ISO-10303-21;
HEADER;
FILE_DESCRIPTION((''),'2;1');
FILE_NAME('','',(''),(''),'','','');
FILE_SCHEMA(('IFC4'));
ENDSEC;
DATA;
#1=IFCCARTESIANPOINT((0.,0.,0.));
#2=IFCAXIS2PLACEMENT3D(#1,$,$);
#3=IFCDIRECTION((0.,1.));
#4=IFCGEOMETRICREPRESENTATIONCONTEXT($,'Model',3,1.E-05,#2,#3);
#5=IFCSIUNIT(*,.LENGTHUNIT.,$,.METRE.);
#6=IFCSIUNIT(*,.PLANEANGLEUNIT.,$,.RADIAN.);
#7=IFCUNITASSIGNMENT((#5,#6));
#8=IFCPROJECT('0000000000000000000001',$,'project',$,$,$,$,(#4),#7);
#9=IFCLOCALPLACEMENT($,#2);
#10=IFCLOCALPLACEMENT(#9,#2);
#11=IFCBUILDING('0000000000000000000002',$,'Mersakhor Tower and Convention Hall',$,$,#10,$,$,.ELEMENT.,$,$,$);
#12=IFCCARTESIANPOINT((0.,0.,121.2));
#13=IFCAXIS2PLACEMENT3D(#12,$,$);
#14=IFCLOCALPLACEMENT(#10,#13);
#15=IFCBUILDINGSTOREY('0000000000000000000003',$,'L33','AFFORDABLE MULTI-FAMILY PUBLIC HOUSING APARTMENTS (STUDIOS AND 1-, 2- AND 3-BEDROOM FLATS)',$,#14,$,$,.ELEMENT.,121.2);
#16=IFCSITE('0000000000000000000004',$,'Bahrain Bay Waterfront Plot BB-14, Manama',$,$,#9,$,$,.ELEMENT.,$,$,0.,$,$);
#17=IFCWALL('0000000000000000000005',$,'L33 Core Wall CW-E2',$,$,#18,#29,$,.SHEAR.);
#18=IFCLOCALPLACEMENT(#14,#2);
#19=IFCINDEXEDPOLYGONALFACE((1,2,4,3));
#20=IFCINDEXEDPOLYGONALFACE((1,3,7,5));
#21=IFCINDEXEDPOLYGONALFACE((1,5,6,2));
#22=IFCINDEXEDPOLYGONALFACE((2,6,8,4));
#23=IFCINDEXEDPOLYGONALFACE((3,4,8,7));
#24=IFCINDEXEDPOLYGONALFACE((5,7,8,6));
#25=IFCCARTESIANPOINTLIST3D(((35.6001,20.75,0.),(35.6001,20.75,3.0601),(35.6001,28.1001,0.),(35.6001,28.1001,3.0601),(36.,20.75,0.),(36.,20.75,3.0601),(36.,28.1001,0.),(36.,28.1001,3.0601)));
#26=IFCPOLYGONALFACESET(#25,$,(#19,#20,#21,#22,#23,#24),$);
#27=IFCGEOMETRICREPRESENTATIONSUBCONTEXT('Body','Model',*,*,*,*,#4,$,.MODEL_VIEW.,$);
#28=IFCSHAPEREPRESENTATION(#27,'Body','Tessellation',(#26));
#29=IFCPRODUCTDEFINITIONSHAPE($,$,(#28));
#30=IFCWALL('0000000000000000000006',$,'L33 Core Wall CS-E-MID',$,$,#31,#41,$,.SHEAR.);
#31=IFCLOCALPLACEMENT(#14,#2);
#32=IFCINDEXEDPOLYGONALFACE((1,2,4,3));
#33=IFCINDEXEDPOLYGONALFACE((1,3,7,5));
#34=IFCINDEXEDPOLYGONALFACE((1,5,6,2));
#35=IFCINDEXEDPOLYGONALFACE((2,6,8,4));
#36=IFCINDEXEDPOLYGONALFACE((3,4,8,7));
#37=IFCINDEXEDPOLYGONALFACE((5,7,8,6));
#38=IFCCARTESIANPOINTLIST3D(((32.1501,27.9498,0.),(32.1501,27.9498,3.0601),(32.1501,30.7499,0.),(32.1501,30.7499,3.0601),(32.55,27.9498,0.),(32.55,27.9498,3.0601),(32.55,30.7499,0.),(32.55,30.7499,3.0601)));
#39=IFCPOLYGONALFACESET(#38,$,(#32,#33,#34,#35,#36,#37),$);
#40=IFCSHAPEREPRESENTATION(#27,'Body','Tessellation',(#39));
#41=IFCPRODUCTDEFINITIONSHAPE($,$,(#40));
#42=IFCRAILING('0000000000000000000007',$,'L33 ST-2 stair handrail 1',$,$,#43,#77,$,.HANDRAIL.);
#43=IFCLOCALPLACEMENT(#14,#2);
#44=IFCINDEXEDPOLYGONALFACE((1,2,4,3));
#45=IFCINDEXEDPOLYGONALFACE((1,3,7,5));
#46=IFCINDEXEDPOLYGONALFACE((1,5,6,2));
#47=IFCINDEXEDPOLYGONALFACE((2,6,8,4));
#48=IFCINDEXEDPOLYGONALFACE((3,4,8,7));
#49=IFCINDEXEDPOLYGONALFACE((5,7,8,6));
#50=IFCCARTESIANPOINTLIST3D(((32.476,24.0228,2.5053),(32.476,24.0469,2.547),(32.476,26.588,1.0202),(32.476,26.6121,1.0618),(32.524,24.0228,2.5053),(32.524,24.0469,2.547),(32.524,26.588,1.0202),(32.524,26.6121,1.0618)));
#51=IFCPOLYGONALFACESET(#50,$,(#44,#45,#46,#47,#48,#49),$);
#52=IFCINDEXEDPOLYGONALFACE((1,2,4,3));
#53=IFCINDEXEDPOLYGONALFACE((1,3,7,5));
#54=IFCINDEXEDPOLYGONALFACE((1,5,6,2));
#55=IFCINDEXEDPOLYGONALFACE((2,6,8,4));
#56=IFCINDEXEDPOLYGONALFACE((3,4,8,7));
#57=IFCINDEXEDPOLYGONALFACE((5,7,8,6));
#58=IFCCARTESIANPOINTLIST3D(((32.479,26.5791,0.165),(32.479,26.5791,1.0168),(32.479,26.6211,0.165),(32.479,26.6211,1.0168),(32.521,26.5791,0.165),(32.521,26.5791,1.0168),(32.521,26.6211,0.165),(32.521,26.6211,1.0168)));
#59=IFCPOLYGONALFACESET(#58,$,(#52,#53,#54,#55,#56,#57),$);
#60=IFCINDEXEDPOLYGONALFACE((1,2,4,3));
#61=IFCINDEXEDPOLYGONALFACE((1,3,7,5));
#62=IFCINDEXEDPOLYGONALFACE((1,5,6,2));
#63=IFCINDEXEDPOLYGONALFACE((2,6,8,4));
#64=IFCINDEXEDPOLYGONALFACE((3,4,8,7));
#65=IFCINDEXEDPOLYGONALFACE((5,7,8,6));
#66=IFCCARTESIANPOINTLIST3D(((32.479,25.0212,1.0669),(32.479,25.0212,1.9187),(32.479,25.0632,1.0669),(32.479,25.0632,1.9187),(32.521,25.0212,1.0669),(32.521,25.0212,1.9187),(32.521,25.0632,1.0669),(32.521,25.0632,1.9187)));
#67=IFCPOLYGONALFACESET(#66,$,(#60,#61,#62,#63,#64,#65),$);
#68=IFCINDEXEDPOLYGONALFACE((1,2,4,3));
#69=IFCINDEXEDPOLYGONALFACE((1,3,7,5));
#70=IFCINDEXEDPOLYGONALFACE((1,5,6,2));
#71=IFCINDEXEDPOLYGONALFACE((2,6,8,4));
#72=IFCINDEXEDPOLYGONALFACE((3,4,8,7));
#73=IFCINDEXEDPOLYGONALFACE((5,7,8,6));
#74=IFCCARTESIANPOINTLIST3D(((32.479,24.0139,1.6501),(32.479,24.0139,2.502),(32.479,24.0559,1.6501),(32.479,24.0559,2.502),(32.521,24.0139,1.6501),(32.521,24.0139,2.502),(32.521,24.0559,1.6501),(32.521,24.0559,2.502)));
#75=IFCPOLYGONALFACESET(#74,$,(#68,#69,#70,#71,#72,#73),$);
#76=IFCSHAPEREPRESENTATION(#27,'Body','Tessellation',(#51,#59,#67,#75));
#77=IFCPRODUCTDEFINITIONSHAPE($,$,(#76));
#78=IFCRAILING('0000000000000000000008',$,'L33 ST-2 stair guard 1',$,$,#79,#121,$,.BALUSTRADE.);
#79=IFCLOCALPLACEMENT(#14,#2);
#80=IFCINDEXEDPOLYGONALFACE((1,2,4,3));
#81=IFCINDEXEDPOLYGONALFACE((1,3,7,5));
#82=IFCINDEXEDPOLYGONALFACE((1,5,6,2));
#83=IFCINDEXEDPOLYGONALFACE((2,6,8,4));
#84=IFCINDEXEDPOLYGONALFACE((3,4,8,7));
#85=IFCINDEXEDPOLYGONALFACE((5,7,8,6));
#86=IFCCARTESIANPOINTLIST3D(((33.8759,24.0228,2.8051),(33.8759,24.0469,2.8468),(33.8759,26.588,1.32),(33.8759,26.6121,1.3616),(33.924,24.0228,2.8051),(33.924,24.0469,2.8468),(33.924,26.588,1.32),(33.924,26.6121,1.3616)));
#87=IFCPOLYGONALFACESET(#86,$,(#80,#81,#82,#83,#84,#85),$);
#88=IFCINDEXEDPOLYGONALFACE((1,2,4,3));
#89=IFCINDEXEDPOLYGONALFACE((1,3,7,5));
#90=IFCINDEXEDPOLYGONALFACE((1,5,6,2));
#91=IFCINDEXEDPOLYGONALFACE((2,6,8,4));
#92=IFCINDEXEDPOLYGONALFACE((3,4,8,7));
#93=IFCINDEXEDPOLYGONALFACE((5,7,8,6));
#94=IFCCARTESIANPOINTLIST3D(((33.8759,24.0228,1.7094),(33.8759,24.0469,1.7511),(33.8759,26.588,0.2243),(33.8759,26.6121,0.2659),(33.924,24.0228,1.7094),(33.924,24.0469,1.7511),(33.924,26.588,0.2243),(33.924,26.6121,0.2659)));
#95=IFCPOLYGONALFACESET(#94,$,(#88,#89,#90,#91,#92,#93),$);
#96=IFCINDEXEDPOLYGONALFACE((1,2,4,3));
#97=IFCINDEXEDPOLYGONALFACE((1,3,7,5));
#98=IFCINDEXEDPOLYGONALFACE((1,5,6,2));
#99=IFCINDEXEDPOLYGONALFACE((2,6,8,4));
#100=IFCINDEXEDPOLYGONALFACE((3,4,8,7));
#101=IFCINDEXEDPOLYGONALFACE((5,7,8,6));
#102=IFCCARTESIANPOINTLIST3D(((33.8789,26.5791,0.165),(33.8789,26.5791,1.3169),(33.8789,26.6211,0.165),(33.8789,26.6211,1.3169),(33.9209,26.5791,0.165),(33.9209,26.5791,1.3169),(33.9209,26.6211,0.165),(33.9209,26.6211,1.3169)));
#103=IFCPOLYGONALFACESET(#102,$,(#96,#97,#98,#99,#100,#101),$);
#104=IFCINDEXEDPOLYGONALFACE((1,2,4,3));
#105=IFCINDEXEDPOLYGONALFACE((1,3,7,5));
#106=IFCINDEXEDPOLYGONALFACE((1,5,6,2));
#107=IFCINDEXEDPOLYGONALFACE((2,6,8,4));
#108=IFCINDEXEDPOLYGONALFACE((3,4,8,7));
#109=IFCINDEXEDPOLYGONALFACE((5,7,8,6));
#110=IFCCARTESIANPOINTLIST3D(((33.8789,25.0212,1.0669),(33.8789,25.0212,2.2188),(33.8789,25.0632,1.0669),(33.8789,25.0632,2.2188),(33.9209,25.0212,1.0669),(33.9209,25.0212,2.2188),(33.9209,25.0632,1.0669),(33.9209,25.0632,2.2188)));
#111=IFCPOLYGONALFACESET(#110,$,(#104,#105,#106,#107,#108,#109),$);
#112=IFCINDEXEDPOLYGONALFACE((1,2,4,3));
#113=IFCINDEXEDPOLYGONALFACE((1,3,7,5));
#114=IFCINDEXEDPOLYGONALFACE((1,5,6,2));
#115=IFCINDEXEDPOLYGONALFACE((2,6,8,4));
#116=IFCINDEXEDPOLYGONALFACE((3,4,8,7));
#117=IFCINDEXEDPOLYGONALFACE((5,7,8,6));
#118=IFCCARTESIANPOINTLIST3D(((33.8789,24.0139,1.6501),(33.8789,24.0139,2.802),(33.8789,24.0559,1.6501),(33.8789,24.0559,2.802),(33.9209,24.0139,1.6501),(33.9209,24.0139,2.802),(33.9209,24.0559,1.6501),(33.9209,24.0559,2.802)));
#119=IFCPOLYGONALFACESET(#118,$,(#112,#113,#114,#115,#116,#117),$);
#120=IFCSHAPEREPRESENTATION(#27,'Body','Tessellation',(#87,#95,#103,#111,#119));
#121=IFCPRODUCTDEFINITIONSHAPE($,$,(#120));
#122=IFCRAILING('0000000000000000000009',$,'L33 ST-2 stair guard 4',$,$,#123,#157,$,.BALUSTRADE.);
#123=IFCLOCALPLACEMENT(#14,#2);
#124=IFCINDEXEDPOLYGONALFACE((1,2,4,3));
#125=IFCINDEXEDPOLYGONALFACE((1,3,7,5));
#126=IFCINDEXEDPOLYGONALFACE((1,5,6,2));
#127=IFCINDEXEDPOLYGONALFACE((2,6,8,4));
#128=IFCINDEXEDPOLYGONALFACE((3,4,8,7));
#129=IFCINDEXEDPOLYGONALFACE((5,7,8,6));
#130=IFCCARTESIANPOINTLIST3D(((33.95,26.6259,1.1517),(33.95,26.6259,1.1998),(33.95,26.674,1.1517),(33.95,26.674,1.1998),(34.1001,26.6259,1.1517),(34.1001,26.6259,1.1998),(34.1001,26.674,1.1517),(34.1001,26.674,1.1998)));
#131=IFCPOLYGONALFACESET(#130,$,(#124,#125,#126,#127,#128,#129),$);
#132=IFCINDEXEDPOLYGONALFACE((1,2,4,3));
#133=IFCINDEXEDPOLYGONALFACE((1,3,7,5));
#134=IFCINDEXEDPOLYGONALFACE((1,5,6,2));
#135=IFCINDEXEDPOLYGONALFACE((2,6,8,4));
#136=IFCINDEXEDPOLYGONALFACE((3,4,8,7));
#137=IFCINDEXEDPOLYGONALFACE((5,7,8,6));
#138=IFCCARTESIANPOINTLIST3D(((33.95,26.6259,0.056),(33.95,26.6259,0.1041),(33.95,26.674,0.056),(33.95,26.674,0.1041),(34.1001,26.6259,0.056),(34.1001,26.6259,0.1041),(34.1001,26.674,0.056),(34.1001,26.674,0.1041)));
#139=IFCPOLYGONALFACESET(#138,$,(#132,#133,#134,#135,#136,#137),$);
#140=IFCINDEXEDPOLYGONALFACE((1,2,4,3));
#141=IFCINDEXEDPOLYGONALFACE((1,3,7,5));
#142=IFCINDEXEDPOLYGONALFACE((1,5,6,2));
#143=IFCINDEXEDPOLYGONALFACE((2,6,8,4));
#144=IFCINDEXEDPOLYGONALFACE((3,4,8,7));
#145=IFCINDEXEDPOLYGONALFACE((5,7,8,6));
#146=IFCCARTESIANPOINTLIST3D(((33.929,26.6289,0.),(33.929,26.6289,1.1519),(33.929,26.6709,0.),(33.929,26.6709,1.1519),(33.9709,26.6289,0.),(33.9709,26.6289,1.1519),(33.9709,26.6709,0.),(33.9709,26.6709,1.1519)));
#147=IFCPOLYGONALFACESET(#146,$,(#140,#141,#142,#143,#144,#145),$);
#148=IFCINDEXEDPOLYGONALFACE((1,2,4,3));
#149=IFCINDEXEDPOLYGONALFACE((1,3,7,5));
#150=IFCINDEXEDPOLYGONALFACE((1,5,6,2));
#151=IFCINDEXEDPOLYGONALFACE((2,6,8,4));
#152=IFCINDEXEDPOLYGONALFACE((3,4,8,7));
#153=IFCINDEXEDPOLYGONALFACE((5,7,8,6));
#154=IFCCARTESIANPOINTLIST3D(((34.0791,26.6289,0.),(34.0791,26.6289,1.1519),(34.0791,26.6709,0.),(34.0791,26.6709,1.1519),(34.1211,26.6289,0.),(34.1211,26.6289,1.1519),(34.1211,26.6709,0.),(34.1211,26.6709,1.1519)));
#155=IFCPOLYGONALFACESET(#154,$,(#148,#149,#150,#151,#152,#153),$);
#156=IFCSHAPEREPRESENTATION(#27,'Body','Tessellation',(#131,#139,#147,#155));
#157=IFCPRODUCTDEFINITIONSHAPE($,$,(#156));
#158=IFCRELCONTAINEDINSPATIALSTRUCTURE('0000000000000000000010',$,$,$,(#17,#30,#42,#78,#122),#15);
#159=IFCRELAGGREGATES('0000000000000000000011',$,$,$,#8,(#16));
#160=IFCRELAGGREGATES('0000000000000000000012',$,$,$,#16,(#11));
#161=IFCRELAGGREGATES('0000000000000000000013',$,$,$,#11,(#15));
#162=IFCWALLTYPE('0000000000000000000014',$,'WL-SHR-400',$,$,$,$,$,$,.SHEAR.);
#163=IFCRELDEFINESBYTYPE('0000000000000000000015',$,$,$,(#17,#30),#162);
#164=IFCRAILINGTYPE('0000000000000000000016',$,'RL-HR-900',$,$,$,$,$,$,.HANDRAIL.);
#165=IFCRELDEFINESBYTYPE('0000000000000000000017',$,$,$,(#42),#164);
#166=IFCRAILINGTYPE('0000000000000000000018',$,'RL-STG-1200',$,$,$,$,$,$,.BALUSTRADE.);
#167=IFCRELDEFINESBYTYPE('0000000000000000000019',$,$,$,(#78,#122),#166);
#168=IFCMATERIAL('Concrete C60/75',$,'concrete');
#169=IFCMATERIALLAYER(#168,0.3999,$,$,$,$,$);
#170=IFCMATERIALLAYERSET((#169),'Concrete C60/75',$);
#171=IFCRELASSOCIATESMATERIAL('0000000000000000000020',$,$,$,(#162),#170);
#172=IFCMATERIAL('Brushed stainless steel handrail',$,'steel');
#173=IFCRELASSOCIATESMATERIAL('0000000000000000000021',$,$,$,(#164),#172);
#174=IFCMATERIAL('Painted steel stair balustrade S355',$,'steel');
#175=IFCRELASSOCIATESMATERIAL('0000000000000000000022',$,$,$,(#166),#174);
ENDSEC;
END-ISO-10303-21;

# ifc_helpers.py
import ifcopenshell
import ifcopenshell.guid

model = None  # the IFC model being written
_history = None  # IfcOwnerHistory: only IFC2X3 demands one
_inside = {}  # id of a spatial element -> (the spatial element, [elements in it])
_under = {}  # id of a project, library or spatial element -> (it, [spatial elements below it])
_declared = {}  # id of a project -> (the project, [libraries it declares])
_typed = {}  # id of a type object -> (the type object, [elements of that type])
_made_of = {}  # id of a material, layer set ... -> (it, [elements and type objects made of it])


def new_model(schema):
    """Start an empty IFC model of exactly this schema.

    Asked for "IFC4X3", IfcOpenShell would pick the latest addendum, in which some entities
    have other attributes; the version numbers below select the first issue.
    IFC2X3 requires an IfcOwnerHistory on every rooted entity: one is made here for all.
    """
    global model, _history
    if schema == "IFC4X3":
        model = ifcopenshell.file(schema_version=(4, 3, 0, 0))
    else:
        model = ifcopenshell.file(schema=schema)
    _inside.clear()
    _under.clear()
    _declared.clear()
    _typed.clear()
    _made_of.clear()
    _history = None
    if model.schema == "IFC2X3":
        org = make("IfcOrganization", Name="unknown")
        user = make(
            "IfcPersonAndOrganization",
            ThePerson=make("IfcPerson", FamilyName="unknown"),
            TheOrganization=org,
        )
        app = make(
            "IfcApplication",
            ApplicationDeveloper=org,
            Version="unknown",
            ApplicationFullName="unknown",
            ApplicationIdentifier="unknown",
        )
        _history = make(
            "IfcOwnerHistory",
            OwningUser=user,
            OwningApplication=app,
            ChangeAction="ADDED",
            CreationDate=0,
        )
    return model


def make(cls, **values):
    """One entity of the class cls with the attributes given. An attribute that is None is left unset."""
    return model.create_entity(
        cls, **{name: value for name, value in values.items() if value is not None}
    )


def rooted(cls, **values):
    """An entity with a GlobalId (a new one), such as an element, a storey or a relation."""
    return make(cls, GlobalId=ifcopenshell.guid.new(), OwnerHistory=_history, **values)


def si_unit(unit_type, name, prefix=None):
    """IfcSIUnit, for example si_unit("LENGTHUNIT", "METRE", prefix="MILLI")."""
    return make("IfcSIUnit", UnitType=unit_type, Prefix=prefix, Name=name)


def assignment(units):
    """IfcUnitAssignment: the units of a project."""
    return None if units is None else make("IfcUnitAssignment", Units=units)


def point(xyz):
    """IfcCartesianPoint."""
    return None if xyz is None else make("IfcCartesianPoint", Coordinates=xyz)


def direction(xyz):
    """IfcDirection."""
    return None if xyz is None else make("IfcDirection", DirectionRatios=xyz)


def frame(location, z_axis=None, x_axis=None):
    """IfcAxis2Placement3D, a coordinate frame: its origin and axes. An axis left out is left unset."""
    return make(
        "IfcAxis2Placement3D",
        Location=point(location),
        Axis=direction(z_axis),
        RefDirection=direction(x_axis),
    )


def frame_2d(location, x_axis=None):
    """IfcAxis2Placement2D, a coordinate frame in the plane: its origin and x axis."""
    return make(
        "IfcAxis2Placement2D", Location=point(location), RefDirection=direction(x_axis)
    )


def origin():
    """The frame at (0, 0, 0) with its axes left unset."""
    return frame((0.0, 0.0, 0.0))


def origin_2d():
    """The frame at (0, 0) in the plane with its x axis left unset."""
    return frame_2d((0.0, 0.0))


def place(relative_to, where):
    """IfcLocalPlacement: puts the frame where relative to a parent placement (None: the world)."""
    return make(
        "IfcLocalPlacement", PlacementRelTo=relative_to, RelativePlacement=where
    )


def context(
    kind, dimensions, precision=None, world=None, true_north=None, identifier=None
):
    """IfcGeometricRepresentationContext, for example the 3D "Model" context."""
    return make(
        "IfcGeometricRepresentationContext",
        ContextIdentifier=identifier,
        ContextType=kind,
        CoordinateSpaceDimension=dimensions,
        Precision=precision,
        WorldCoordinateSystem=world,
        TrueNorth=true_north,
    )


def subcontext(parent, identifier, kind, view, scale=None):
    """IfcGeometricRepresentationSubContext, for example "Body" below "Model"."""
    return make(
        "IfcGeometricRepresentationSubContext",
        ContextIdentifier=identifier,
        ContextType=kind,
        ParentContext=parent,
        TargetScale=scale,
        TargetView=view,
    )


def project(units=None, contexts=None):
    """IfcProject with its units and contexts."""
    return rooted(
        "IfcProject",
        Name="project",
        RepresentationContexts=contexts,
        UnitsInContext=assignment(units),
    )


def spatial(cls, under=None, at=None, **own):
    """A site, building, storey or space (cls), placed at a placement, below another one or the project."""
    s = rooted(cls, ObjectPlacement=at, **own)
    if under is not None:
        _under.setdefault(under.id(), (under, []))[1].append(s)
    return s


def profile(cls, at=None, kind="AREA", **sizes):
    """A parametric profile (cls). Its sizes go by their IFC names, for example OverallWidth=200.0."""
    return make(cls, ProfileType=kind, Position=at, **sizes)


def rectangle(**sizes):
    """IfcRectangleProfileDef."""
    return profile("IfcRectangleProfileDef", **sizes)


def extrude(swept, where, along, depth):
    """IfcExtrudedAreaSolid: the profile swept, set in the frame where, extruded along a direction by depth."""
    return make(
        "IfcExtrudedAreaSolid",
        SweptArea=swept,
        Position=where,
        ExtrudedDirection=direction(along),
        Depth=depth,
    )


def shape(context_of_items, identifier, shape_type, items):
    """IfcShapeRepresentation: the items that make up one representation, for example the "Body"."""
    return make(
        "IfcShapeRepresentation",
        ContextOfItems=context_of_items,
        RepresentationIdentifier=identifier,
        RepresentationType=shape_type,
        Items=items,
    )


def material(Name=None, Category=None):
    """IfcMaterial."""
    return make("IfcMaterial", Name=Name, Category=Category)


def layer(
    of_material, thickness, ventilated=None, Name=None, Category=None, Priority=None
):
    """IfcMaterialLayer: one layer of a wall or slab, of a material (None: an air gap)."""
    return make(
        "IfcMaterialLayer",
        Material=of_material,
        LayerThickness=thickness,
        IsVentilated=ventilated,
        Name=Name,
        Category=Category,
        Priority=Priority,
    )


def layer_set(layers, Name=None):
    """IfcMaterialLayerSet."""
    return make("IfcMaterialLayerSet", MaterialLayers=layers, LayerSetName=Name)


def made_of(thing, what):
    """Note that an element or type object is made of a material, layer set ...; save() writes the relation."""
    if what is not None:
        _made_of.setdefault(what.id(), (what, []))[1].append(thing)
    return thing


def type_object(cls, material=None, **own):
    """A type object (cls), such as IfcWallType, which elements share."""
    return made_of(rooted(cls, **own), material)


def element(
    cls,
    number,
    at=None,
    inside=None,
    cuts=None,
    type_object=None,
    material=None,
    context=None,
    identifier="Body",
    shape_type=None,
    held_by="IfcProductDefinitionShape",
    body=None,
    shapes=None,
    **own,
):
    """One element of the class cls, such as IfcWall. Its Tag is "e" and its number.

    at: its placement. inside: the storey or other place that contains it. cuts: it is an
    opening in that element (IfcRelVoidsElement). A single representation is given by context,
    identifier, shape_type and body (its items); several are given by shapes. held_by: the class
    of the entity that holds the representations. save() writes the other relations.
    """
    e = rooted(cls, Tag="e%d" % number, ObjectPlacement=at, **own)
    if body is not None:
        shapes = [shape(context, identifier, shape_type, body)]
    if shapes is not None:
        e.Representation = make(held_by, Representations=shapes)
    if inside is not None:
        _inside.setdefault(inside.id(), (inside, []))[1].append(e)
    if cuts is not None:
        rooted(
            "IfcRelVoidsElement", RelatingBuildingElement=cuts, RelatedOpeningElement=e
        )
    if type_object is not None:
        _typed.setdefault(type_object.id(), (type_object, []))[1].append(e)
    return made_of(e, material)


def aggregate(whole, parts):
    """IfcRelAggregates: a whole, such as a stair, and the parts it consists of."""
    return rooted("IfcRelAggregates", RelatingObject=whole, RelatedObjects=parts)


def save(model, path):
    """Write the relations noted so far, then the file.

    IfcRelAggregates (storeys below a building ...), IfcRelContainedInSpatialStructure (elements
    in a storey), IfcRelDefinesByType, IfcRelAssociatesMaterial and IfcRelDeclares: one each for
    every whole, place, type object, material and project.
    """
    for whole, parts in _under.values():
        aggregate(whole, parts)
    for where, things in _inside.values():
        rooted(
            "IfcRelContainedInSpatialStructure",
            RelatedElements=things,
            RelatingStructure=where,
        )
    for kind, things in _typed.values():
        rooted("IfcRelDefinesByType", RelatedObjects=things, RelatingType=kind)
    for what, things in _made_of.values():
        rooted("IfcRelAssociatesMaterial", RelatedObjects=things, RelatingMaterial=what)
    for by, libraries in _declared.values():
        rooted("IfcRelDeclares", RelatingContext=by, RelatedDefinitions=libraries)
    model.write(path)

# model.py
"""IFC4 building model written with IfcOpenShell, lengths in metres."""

from ifc_helpers import new_model, si_unit, direction, frame, frame_2d, origin, origin_2d, place, context, subcontext, project, spatial, rectangle, extrude, material, layer, layer_set, type_object, element, save


model = new_model("IFC4")

# Units and contexts
model_context = context("Model", 3, precision=1e-05, world=origin(), true_north=direction((0.0, 1.0)))
body_context = subcontext(model_context, "Body", "Model", "MODEL_VIEW")
ifc_project = project(units=[si_unit("LENGTHUNIT", "METRE"), si_unit("PLANEANGLEUNIT", "RADIAN")], contexts=[model_context])

# Site, building, storey
site_placement = place(None, origin())
site = spatial("IfcSite", under=ifc_project, at=site_placement, Name="Bahrain Bay Waterfront Plot BB-14, Manama", CompositionType="ELEMENT", RefElevation=0.0)
building_placement = place(site_placement, origin())
building = spatial("IfcBuilding", under=site, at=building_placement, Name="Mersakhor Tower and Convention Hall", CompositionType="ELEMENT")
storey_placement = place(building_placement, frame((0.0, 0.0, 121.2)))
storey = spatial("IfcBuildingStorey", under=building, at=storey_placement, Name="L33", Description="AFFORDABLE MULTI-FAMILY PUBLIC HOUSING APARTMENTS (STUDIOS AND 1-, 2- AND 3-BEDROOM FLATS)", CompositionType="ELEMENT", Elevation=121.2)

# Shared definitions
ifc_material_1 = material(Name="Concrete C60/75", Category="concrete")
ifc_layer_1 = layer(ifc_material_1, 0.3999)
ifc_layer_set_1 = layer_set([ifc_layer_1], Name="Concrete C60/75")
wall_type_1 = type_object("IfcWallType", Name="WL-SHR-400", PredefinedType="SHEAR", material=ifc_layer_set_1)

# Walls
wall_1_placement = place(storey_placement, frame((35.8, 28.1001, 0.0), z_axis=(0.0, 0.0, 1.0), x_axis=(0.0, -1.0, 0.0)))
element("IfcWall", 1, at=wall_1_placement, inside=storey, type_object=wall_type_1, Name="L33 Core Wall CW-E2", PredefinedType="SHEAR", context=body_context, shape_type="SweptSolid", body=[
    extrude(rectangle(XDim=7.3501, YDim=0.3999, at=frame_2d((3.675, 0.0))), origin(), (0.0, 0.0, 1.0), 3.0601),
])
wall_2_placement = place(storey_placement, frame((32.3501, 27.95, 0.0), z_axis=(0.0, 0.0, 1.0), x_axis=(0.0, 1.0, 0.0)))
element("IfcWall", 2, at=wall_2_placement, inside=storey, type_object=wall_type_1, Name="L33 Core Wall CS-E-MID", PredefinedType="SHEAR", context=body_context, shape_type="SweptSolid", body=[
    extrude(rectangle(XDim=2.8, YDim=0.3999, at=frame_2d((1.3999, 0.0))), origin(), (0.0, 0.0, 1.0), 3.0601),
])

# Railings
ifc_material_2 = material(Name="Brushed stainless steel handrail", Category="steel")
railing_type_1 = type_object("IfcRailingType", Name="RL-HR-900", PredefinedType="HANDRAIL", material=ifc_material_2)
railing_1_placement = place(storey_placement, frame((32.5, 26.6001, 0.165)))
element("IfcRailing", 3, at=railing_1_placement, inside=storey, type_object=railing_type_1, Name="L33 ST-2 stair handrail 1", PredefinedType="HANDRAIL", context=body_context, shape_type="SweptSolid", body=[
    extrude(rectangle(XDim=0.0481, YDim=0.0481, at=origin_2d()), frame((0.0, 0.0, 0.876), z_axis=(0.0, -0.865426, 0.501036), x_axis=(1.0, 0.0, 0.0)), (0.0, 0.0, 1.0), 2.9641),
    extrude(rectangle(XDim=0.042, YDim=0.042, at=origin_2d()), origin(), (0.0, 0.0, 1.0), 0.8518),
    extrude(rectangle(XDim=0.042, YDim=0.042, at=origin_2d()), frame((0.0, -1.5579, 0.9019)), (0.0, 0.0, 1.0), 0.8518),
    extrude(rectangle(XDim=0.042, YDim=0.042, at=origin_2d()), frame((0.0, -2.5652, 1.4851)), (0.0, 0.0, 1.0), 0.8518),
])
ifc_material_3 = material(Name="Painted steel stair balustrade S355", Category="steel")
railing_type_2 = type_object("IfcRailingType", Name="RL-STG-1200", PredefinedType="BALUSTRADE", material=ifc_material_3)
railing_2_placement = place(storey_placement, frame((33.8999, 26.6001, 0.165)))
element("IfcRailing", 4, at=railing_2_placement, inside=storey, type_object=railing_type_2, Name="L33 ST-2 stair guard 1", PredefinedType="BALUSTRADE", context=body_context, shape_type="SweptSolid", body=[
    extrude(rectangle(XDim=0.0481, YDim=0.0481, at=origin_2d()), frame((0.0, 0.0, 1.1758), z_axis=(0.0, -0.865426, 0.501036), x_axis=(1.0, 0.0, 0.0)), (0.0, 0.0, 1.0), 2.9641),
    extrude(rectangle(XDim=0.0481, YDim=0.0481, at=origin_2d()), frame((0.0, 0.0, 0.0801), z_axis=(0.0, -0.865426, 0.501036), x_axis=(1.0, 0.0, 0.0)), (0.0, 0.0, 1.0), 2.9641),
    extrude(rectangle(XDim=0.042, YDim=0.042, at=origin_2d()), origin(), (0.0, 0.0, 1.0), 1.1519),
    extrude(rectangle(XDim=0.042, YDim=0.042, at=origin_2d()), frame((0.0, -1.5579, 0.9019)), (0.0, 0.0, 1.0), 1.1519),
    extrude(rectangle(XDim=0.042, YDim=0.042, at=origin_2d()), frame((0.0, -2.5652, 1.4851)), (0.0, 0.0, 1.0), 1.1519),
])
railing_3_placement = place(storey_placement, frame((33.95, 26.6499, 0.0)))
element("IfcRailing", 5, at=railing_3_placement, inside=storey, type_object=railing_type_2, Name="L33 ST-2 stair guard 4", PredefinedType="BALUSTRADE", context=body_context, shape_type="SweptSolid", body=[
    extrude(rectangle(XDim=0.0481, YDim=0.0481, at=origin_2d()), frame((0.0, 0.0, 1.1758), z_axis=(1.0, 0.0, 0.0), x_axis=(0.0, 1.0, 0.0)), (0.0, 0.0, 1.0), 0.1501),
    extrude(rectangle(XDim=0.0481, YDim=0.0481, at=origin_2d()), frame((0.0, 0.0, 0.0801), z_axis=(1.0, 0.0, 0.0), x_axis=(0.0, 1.0, 0.0)), (0.0, 0.0, 1.0), 0.1501),
    extrude(rectangle(XDim=0.042, YDim=0.042, at=origin_2d()), origin(), (0.0, 0.0, 1.0), 1.1519),
    extrude(rectangle(XDim=0.042, YDim=0.042, at=origin_2d()), frame((0.1501, 0.0, 0.0)), (0.0, 0.0, 1.0), 1.1519),
])

save(model, "model.ifc")
